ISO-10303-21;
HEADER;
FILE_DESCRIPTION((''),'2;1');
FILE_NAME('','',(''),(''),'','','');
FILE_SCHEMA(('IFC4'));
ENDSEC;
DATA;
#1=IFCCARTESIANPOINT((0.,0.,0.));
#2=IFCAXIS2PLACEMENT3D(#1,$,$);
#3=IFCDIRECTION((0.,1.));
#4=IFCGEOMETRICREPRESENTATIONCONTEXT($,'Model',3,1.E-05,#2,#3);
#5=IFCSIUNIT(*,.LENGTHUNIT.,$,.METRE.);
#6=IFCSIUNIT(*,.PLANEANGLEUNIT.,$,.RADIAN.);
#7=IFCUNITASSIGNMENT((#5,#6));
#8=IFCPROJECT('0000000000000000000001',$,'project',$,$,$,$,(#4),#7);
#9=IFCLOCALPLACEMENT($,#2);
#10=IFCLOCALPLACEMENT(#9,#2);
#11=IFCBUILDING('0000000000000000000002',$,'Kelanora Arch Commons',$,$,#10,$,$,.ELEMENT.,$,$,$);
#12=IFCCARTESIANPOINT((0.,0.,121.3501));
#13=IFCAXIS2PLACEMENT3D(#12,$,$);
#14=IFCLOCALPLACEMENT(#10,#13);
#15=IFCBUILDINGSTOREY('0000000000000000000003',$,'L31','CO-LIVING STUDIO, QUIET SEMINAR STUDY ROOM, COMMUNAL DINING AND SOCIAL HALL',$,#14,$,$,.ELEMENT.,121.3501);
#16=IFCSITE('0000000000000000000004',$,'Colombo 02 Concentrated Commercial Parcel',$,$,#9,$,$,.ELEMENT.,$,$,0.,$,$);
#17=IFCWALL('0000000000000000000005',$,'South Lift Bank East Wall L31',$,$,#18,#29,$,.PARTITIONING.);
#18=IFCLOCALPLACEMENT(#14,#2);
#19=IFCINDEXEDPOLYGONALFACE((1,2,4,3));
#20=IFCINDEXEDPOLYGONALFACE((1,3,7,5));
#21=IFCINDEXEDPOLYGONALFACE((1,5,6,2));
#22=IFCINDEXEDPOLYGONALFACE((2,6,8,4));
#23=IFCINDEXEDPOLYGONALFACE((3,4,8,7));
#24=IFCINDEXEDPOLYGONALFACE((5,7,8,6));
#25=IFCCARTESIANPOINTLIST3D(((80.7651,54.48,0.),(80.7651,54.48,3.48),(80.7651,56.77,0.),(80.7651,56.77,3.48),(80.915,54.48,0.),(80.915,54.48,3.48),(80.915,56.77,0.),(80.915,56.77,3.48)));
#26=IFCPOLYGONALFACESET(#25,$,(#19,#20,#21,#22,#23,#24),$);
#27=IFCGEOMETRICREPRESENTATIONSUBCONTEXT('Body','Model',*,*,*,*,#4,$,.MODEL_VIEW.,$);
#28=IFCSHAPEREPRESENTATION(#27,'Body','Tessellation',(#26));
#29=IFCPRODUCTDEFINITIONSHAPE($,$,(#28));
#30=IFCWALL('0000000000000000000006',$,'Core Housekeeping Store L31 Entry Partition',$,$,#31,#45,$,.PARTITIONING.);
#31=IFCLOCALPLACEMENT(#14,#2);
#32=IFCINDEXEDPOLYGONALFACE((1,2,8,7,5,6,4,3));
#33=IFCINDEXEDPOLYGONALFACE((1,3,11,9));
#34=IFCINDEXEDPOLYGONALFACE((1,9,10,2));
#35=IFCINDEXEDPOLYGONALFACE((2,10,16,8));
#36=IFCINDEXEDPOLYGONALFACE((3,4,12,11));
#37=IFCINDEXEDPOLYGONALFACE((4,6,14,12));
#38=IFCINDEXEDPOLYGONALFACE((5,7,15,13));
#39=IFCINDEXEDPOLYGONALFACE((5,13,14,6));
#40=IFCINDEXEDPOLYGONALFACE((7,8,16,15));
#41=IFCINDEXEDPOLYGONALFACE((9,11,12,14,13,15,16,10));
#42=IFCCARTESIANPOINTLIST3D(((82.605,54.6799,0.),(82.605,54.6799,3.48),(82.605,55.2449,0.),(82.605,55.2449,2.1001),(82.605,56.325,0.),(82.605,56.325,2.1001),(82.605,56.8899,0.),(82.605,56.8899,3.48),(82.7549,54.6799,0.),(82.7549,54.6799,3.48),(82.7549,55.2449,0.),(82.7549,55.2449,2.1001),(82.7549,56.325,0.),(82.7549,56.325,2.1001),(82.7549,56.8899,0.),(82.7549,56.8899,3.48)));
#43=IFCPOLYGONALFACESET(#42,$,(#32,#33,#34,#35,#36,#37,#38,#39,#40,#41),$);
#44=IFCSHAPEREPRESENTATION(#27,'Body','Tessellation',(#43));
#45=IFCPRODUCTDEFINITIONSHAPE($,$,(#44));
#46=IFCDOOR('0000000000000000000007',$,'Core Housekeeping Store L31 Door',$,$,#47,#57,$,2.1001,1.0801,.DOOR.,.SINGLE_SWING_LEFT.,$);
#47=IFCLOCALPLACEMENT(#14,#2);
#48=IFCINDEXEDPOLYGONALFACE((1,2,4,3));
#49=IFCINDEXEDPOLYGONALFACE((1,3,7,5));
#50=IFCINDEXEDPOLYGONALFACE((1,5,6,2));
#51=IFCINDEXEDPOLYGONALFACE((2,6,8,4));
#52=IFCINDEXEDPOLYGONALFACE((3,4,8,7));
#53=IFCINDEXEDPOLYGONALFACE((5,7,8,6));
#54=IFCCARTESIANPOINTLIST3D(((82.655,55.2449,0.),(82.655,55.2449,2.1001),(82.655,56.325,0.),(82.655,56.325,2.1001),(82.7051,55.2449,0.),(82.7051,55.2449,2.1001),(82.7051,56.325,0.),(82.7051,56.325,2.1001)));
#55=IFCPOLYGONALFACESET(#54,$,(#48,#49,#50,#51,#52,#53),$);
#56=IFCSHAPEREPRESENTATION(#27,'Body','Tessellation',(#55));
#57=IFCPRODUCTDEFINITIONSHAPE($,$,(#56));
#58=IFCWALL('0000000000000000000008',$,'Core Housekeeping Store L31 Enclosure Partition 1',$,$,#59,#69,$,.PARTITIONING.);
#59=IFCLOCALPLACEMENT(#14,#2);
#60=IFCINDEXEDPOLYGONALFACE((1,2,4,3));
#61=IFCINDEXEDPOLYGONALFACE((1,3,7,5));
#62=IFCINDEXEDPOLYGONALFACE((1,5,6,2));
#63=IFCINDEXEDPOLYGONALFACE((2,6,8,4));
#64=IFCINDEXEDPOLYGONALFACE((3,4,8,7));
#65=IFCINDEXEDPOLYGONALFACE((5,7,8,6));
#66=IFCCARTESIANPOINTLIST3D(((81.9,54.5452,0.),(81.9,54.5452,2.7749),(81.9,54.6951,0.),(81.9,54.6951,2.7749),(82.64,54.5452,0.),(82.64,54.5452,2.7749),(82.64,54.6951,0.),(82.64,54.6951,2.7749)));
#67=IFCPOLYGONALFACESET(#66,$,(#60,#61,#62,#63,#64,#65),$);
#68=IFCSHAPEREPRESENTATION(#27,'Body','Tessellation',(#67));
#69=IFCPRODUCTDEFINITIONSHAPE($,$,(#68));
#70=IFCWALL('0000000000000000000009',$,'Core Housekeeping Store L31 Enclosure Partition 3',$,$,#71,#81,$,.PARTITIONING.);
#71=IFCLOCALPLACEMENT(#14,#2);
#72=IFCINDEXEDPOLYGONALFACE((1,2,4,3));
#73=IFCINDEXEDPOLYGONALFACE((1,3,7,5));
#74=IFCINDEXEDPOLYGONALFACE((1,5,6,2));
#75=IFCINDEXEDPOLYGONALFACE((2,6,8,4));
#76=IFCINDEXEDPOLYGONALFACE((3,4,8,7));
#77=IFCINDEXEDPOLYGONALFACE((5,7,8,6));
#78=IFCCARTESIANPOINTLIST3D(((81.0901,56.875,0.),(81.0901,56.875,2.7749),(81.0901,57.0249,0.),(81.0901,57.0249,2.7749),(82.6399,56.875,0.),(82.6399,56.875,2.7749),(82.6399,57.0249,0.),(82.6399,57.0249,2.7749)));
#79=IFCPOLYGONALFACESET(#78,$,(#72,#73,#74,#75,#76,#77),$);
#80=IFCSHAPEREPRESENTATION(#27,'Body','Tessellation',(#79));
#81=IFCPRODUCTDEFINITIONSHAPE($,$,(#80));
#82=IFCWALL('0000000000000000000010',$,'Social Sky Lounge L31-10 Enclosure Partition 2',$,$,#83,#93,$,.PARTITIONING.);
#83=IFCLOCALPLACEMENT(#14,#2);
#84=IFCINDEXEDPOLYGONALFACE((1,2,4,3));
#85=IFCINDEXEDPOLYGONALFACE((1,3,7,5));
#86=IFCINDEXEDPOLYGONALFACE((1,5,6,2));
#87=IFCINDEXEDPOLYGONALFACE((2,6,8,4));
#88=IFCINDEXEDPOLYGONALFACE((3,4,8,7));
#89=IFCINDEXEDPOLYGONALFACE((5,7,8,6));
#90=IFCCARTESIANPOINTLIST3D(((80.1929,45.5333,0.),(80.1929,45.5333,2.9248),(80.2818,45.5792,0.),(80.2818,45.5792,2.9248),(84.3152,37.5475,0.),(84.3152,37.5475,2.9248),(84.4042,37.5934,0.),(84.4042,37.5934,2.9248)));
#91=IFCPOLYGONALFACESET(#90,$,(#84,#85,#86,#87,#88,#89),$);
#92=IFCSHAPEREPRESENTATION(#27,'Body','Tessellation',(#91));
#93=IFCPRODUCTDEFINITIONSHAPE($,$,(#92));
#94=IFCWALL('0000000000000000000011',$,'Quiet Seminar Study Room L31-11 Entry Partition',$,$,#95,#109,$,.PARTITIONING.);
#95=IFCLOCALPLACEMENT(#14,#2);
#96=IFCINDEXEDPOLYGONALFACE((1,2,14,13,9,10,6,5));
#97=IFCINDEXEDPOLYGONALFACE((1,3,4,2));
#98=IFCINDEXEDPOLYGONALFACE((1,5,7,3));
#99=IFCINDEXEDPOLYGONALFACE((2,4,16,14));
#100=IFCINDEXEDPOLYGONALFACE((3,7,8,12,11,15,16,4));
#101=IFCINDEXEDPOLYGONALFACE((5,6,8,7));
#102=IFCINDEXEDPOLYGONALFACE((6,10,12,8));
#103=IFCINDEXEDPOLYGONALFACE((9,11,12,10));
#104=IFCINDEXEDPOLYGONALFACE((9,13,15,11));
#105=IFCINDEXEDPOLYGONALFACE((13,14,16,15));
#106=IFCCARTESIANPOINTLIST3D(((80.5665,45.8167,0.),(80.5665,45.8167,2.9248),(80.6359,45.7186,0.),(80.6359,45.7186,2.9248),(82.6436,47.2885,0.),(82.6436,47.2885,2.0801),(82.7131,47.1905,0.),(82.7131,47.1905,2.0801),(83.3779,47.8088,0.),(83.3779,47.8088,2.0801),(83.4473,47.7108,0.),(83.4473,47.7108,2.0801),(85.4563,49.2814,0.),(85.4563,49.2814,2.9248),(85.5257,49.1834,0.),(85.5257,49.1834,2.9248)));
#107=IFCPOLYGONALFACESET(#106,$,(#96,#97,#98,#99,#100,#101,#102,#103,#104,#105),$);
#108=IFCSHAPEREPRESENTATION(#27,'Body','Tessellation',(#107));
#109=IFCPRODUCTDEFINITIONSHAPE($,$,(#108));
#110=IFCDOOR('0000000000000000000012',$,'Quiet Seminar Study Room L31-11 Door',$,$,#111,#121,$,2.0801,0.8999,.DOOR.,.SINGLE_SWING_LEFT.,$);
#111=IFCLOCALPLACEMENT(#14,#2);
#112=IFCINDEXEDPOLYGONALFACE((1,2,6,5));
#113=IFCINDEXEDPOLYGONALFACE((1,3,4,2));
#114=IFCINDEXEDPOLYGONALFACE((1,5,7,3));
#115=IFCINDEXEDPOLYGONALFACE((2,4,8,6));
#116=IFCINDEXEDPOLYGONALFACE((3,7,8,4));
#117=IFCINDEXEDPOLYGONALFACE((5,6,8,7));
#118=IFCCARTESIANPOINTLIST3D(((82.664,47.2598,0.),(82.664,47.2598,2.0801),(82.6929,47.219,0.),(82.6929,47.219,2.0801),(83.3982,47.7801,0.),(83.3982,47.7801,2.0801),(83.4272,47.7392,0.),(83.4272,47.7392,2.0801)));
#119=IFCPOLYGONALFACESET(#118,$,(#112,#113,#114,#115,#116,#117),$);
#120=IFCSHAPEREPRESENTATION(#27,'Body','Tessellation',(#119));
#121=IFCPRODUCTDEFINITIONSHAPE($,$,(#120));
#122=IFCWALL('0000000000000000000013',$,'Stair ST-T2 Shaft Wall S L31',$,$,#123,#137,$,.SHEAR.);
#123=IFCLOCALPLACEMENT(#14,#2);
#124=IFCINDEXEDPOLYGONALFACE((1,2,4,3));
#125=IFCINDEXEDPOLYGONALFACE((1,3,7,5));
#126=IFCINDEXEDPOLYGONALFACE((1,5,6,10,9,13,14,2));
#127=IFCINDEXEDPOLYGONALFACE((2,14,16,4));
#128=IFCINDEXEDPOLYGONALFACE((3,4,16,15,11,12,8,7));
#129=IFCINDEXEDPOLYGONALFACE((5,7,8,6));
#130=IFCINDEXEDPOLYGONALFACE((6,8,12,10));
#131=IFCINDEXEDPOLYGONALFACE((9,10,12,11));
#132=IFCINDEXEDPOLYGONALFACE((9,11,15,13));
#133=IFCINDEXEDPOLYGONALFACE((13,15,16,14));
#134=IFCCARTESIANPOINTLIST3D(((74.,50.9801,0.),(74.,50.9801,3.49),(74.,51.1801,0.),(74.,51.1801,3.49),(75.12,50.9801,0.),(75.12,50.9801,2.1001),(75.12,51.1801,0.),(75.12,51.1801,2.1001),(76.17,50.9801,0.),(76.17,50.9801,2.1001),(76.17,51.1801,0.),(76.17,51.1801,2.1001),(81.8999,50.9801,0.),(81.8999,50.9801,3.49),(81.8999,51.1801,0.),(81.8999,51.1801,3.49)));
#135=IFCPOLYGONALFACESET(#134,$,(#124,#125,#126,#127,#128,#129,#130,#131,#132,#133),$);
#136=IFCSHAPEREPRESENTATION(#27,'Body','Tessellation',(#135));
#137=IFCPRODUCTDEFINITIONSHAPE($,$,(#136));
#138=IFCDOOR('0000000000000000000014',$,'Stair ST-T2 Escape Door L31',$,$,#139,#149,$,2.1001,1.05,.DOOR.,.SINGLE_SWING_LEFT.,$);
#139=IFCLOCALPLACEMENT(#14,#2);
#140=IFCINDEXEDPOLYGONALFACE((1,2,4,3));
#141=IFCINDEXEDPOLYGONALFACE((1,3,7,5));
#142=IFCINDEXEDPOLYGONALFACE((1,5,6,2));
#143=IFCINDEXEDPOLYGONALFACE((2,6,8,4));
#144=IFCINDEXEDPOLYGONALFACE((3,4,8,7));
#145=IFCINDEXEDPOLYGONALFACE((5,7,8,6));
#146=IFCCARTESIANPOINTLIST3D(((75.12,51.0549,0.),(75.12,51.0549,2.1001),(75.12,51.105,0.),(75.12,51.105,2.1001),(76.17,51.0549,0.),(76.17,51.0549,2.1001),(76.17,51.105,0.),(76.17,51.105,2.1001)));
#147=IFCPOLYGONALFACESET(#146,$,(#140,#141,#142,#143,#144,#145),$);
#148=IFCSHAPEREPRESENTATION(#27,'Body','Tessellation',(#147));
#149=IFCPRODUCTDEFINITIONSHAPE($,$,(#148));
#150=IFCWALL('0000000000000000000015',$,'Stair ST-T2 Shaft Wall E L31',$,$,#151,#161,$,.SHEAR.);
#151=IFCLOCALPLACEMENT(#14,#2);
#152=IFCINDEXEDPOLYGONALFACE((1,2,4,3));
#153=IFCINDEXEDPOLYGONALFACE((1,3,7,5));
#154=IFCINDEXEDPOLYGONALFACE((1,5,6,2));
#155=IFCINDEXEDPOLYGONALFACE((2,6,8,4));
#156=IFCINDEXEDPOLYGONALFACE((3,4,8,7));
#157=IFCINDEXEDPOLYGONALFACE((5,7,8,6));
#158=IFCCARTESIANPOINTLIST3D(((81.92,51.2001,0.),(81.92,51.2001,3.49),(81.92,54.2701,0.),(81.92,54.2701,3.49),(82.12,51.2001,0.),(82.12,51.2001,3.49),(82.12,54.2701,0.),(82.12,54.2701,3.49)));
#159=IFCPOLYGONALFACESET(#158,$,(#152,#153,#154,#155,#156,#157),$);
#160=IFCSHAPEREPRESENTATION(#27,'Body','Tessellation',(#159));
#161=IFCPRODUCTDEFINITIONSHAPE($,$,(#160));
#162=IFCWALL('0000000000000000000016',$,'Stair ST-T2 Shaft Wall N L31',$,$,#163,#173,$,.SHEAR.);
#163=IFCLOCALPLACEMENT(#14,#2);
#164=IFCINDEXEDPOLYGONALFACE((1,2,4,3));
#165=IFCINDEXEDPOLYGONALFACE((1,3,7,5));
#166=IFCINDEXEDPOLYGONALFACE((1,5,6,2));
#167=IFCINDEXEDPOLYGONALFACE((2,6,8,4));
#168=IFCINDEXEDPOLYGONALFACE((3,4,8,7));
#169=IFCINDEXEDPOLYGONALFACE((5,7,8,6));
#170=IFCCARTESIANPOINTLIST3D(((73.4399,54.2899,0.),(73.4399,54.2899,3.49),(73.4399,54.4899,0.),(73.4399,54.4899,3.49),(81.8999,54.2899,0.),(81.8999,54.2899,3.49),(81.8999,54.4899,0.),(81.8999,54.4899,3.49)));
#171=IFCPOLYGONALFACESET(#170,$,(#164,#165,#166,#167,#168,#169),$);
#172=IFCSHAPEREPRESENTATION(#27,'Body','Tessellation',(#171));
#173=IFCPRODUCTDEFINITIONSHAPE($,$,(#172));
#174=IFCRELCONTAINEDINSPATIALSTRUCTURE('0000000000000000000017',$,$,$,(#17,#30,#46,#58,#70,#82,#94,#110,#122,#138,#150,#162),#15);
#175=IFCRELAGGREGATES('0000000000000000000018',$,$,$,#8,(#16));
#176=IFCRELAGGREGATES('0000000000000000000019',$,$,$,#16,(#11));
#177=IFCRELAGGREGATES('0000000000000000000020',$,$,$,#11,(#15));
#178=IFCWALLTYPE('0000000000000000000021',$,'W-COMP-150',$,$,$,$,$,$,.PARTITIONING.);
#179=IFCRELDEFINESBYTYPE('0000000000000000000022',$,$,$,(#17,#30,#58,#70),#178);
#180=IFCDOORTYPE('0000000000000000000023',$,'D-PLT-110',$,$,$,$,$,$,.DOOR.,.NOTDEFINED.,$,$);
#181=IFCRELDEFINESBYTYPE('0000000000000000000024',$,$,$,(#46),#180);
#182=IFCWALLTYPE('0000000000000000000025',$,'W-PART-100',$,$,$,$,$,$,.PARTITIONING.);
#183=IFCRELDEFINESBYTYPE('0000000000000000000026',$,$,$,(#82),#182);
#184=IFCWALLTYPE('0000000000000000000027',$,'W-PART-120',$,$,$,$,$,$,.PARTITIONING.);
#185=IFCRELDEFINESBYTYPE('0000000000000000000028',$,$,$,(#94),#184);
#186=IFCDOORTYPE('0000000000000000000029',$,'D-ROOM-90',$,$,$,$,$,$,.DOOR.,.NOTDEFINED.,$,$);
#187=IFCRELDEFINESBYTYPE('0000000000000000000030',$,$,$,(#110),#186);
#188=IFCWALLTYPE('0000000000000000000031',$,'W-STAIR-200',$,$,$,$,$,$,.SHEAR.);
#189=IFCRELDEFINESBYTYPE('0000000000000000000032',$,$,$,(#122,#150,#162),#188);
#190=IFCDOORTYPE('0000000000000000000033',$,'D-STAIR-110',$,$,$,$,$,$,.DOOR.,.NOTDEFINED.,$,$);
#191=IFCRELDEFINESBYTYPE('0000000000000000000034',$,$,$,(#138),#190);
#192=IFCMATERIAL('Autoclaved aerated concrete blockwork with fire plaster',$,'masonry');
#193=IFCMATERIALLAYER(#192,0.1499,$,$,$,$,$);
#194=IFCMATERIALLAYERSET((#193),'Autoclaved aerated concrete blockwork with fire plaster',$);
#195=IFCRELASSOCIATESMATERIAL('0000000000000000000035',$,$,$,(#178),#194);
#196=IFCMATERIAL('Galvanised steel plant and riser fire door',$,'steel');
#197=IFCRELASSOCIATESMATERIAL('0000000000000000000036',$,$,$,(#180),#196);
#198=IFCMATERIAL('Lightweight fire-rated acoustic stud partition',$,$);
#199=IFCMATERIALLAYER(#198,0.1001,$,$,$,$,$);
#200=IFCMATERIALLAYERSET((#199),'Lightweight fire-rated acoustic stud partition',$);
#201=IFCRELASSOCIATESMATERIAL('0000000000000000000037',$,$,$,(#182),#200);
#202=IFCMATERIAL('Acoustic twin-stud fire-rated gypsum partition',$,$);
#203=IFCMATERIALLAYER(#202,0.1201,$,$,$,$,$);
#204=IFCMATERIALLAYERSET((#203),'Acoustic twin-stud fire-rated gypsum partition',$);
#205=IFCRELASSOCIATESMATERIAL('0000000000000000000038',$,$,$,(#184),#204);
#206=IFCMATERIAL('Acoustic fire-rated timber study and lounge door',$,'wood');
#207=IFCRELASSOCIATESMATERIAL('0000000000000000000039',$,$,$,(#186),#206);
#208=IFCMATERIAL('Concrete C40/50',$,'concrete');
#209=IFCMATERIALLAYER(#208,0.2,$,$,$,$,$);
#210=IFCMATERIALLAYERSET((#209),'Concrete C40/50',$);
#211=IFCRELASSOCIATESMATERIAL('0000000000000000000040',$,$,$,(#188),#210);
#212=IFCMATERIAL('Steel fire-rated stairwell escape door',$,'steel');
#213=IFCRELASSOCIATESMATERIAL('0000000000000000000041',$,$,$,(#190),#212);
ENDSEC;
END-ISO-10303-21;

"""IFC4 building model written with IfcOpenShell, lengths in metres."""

from ifc_helpers import new_model, si_unit, direction, frame, frame_2d, origin, place, context, subcontext, project, spatial, rectangle, extrude, material, layer, layer_set, type_object, element, fill, save


model = new_model("IFC4")

# Units and contexts
model_context = context("Model", 3, precision=1e-05, world=origin(), true_north=direction((0.0, 1.0)))
body_context = subcontext(model_context, "Body", "Model", "MODEL_VIEW")
ifc_project = project(units=[si_unit("LENGTHUNIT", "METRE"), si_unit("PLANEANGLEUNIT", "RADIAN")], contexts=[model_context])

# Site, building, storey
site_placement = place(None, origin())
site = spatial("IfcSite", under=ifc_project, at=site_placement, Name="Colombo 02 Concentrated Commercial Parcel", CompositionType="ELEMENT", RefElevation=0.0)
building_placement = place(site_placement, origin())
building = spatial("IfcBuilding", under=site, at=building_placement, Name="Kelanora Arch Commons", CompositionType="ELEMENT")
storey_placement = place(building_placement, frame((0.0, 0.0, 121.3501)))
storey = spatial("IfcBuildingStorey", under=building, at=storey_placement, Name="L31", Description="CO-LIVING STUDIO, QUIET SEMINAR STUDY ROOM, COMMUNAL DINING AND SOCIAL HALL", CompositionType="ELEMENT", Elevation=121.3501)

# Wall
ifc_material_1 = material(Name="Autoclaved aerated concrete blockwork with fire plaster", Category="masonry")
ifc_layer_1 = layer(ifc_material_1, 0.1499)
ifc_layer_set_1 = layer_set([ifc_layer_1], Name="Autoclaved aerated concrete blockwork with fire plaster")
wall_type_1 = type_object("IfcWallType", Name="W-COMP-150", PredefinedType="PARTITIONING", material=ifc_layer_set_1)
wall_1_placement = place(storey_placement, frame((80.8401, 54.48, 0.0), z_axis=(0.0, 0.0, 1.0), x_axis=(0.0, 1.0, 0.0)))
element("IfcWall", 1, at=wall_1_placement, inside=storey, type_object=wall_type_1, Name="South Lift Bank East Wall L31", PredefinedType="PARTITIONING", context=body_context, shape_type="SweptSolid", body=[
    extrude(rectangle(XDim=2.29, YDim=0.1499, at=frame_2d((1.145, 0.0))), origin(), (0.0, 0.0, 1.0), 3.48),
])

# Wall, opening, door
wall_2_placement = place(storey_placement, frame((82.6799, 54.6799, 0.0), z_axis=(0.0, 0.0, 1.0), x_axis=(0.0, 1.0, 0.0)))
wall_2 = element("IfcWall", 2, at=wall_2_placement, inside=storey, type_object=wall_type_1, Name="Core Housekeeping Store L31 Entry Partition", PredefinedType="PARTITIONING", context=body_context, shape_type="SweptSolid", body=[
    extrude(rectangle(XDim=2.21, YDim=0.1499, at=frame_2d((1.105, 0.0))), origin(), (0.0, 0.0, 1.0), 3.48),
])
opening_1_placement = place(wall_2_placement, frame((0.5649, 0.0, 0.0)))
opening_1 = element("IfcOpeningElement", 3, at=opening_1_placement, cuts=wall_2, PredefinedType="OPENING", context=body_context, shape_type="SweptSolid", body=[
    extrude(rectangle(XDim=1.0801, YDim=2.1001, at=frame_2d((0.54, 1.05))), frame((0.0, 0.085, 0.0), z_axis=(0.0, -1.0, 0.0), x_axis=(1.0, 0.0, 0.0)), (0.0, 0.0, 1.0), 0.1699),
])
ifc_material_2 = material(Name="Galvanised steel plant and riser fire door", Category="steel")
door_type_1 = type_object("IfcDoorType", Name="D-PLT-110", OperationType="NOTDEFINED", PredefinedType="DOOR", material=ifc_material_2)
door_1_placement = place(opening_1_placement, origin())
door_1 = element("IfcDoor", 4, at=door_1_placement, inside=storey, type_object=door_type_1, Name="Core Housekeeping Store L31 Door", OperationType="SINGLE_SWING_LEFT", OverallHeight=2.1001, OverallWidth=1.0801, PredefinedType="DOOR", context=body_context, shape_type="SweptSolid", body=[
    extrude(rectangle(XDim=1.0801, YDim=2.1001, at=frame_2d((0.54, 1.05))), frame((0.0, 0.0249, 0.0), z_axis=(0.0, -1.0, 0.0), x_axis=(1.0, 0.0, 0.0)), (0.0, 0.0, 1.0), 0.05),
])
fill(opening_1, door_1)

# Walls
wall_3_placement = place(storey_placement, frame((81.8999, 54.6201, 0.0), z_axis=(0.0, 0.0, 1.0), x_axis=(1.0, 0.0, 0.0)))
element("IfcWall", 5, at=wall_3_placement, inside=storey, type_object=wall_type_1, Name="Core Housekeeping Store L31 Enclosure Partition 1", PredefinedType="PARTITIONING", context=body_context, shape_type="SweptSolid", body=[
    extrude(rectangle(XDim=0.74, YDim=0.1499, at=frame_2d((0.3701, 0.0))), origin(), (0.0, 0.0, 1.0), 2.7749),
])
wall_4_placement = place(storey_placement, frame((82.6399, 56.95, 0.0), z_axis=(0.0, 0.0, 1.0), x_axis=(-1.0, 0.0, 0.0)))
element("IfcWall", 6, at=wall_4_placement, inside=storey, type_object=wall_type_1, Name="Core Housekeeping Store L31 Enclosure Partition 3", PredefinedType="PARTITIONING", context=body_context, shape_type="SweptSolid", body=[
    extrude(rectangle(XDim=1.5498, YDim=0.1499, at=frame_2d((0.7749, 0.0))), origin(), (0.0, 0.0, 1.0), 2.7749),
])
ifc_material_3 = material(Name="Lightweight fire-rated acoustic stud partition")
ifc_layer_2 = layer(ifc_material_3, 0.1001)
ifc_layer_set_2 = layer_set([ifc_layer_2], Name="Lightweight fire-rated acoustic stud partition")
wall_type_2 = type_object("IfcWallType", Name="W-PART-100", PredefinedType="PARTITIONING", material=ifc_layer_set_2)
wall_5_placement = place(storey_placement, frame((80.2373, 45.5564, 0.0), z_axis=(0.0, 0.0, 1.0), x_axis=(0.458695, -0.888594, 0.0)))
element("IfcWall", 7, at=wall_5_placement, inside=storey, type_object=wall_type_2, Name="Social Sky Lounge L31-10 Enclosure Partition 2", PredefinedType="PARTITIONING", context=body_context, shape_type="SweptSolid", body=[
    extrude(rectangle(XDim=8.9871, YDim=0.1001, at=frame_2d((4.4937, 0.0))), origin(), (0.0, 0.0, 1.0), 2.9248),
])

# Walls, openings, doors
ifc_material_4 = material(Name="Acoustic twin-stud fire-rated gypsum partition")
ifc_layer_3 = layer(ifc_material_4, 0.1201)
ifc_layer_set_3 = layer_set([ifc_layer_3], Name="Acoustic twin-stud fire-rated gypsum partition")
wall_type_3 = type_object("IfcWallType", Name="W-PART-120", PredefinedType="PARTITIONING", material=ifc_layer_set_3)
wall_6_placement = place(storey_placement, frame((80.6011, 45.7676, 0.0), z_axis=(0.0, 0.0, 1.0), x_axis=(0.815932, 0.578147, 0.0)))
wall_6 = element("IfcWall", 8, at=wall_6_placement, inside=storey, type_object=wall_type_3, Name="Quiet Seminar Study Room L31-11 Entry Partition", PredefinedType="PARTITIONING", context=body_context, shape_type="SweptSolid", body=[
    extrude(rectangle(XDim=5.9929, YDim=0.1201, at=frame_2d((2.9966, 0.0))), origin(), (0.0, 0.0, 1.0), 2.9248),
])
opening_2_placement = place(wall_6_placement, frame((2.5459, 0.0, 0.0)))
opening_2 = element("IfcOpeningElement", 9, at=opening_2_placement, cuts=wall_6, PredefinedType="OPENING", context=body_context, shape_type="SweptSolid", body=[
    extrude(rectangle(XDim=0.8999, YDim=2.0801, at=frame_2d((0.45, 1.04))), frame((0.0, 0.0701, 0.0), z_axis=(0.0, -1.0, 0.0), x_axis=(1.0, 0.0, 0.0)), (0.0, 0.0, 1.0), 0.1401),
])
ifc_material_5 = material(Name="Acoustic fire-rated timber study and lounge door", Category="wood")
door_type_2 = type_object("IfcDoorType", Name="D-ROOM-90", OperationType="NOTDEFINED", PredefinedType="DOOR", material=ifc_material_5)
door_2_placement = place(opening_2_placement, origin())
door_2 = element("IfcDoor", 10, at=door_2_placement, inside=storey, type_object=door_type_2, Name="Quiet Seminar Study Room L31-11 Door", OperationType="SINGLE_SWING_LEFT", OverallHeight=2.0801, OverallWidth=0.8999, PredefinedType="DOOR", context=body_context, shape_type="SweptSolid", body=[
    extrude(rectangle(XDim=0.8999, YDim=2.0801, at=frame_2d((0.45, 1.04))), frame((0.0, 0.0249, 0.0), z_axis=(0.0, -1.0, 0.0), x_axis=(1.0, 0.0, 0.0)), (0.0, 0.0, 1.0), 0.05),
])
fill(opening_2, door_2)
ifc_material_6 = material(Name="Concrete C40/50", Category="concrete")
ifc_layer_4 = layer(ifc_material_6, 0.2)
ifc_layer_set_4 = layer_set([ifc_layer_4], Name="Concrete C40/50")
wall_type_4 = type_object("IfcWallType", Name="W-STAIR-200", PredefinedType="SHEAR", material=ifc_layer_set_4)
wall_7_placement = place(storey_placement, frame((74.0, 51.0801, 0.0), z_axis=(0.0, 0.0, 1.0), x_axis=(1.0, 0.0, 0.0)))
wall_7 = element("IfcWall", 11, at=wall_7_placement, inside=storey, type_object=wall_type_4, Name="Stair ST-T2 Shaft Wall S L31", PredefinedType="SHEAR", context=body_context, shape_type="SweptSolid", body=[
    extrude(rectangle(XDim=7.8999, YDim=0.2, at=frame_2d((3.95, 0.0))), origin(), (0.0, 0.0, 1.0), 3.49),
])
opening_3_placement = place(wall_7_placement, frame((1.1201, 0.0, 0.0)))
opening_3 = element("IfcOpeningElement", 12, at=opening_3_placement, cuts=wall_7, PredefinedType="OPENING", context=body_context, shape_type="SweptSolid", body=[
    extrude(rectangle(XDim=1.05, YDim=2.1001, at=frame_2d((0.5249, 1.05))), frame((0.0, 0.1099, 0.0), z_axis=(0.0, -1.0, 0.0), x_axis=(1.0, 0.0, 0.0)), (0.0, 0.0, 1.0), 0.22),
])
ifc_material_7 = material(Name="Steel fire-rated stairwell escape door", Category="steel")
door_type_3 = type_object("IfcDoorType", Name="D-STAIR-110", OperationType="NOTDEFINED", PredefinedType="DOOR", material=ifc_material_7)
door_3_placement = place(opening_3_placement, origin())
door_3 = element("IfcDoor", 13, at=door_3_placement, inside=storey, type_object=door_type_3, Name="Stair ST-T2 Escape Door L31", OperationType="SINGLE_SWING_LEFT", OverallHeight=2.1001, OverallWidth=1.05, PredefinedType="DOOR", context=body_context, shape_type="SweptSolid", body=[
    extrude(rectangle(XDim=1.05, YDim=2.1001, at=frame_2d((0.5249, 1.05))), frame((0.0, 0.0249, 0.0), z_axis=(0.0, -1.0, 0.0), x_axis=(1.0, 0.0, 0.0)), (0.0, 0.0, 1.0), 0.05),
])
fill(opening_3, door_3)

# Walls
wall_8_placement = place(storey_placement, frame((82.02, 51.2, 0.0), z_axis=(0.0, 0.0, 1.0), x_axis=(0.0, 1.0, 0.0)))
element("IfcWall", 14, at=wall_8_placement, inside=storey, type_object=wall_type_4, Name="Stair ST-T2 Shaft Wall E L31", PredefinedType="SHEAR", context=body_context, shape_type="SweptSolid", body=[
    extrude(rectangle(XDim=3.0701, YDim=0.2, at=frame_2d((1.5352, 0.0))), origin(), (0.0, 0.0, 1.0), 3.49),
])
wall_9_placement = place(storey_placement, frame((81.8999, 54.3899, 0.0), z_axis=(0.0, 0.0, 1.0), x_axis=(-1.0, 0.0, 0.0)))
element("IfcWall", 15, at=wall_9_placement, inside=storey, type_object=wall_type_4, Name="Stair ST-T2 Shaft Wall N L31", PredefinedType="SHEAR", context=body_context, shape_type="SweptSolid", body=[
    extrude(rectangle(XDim=8.46, YDim=0.2, at=frame_2d((4.23, 0.0))), origin(), (0.0, 0.0, 1.0), 3.49),
])

save(model, "model.ifc")
